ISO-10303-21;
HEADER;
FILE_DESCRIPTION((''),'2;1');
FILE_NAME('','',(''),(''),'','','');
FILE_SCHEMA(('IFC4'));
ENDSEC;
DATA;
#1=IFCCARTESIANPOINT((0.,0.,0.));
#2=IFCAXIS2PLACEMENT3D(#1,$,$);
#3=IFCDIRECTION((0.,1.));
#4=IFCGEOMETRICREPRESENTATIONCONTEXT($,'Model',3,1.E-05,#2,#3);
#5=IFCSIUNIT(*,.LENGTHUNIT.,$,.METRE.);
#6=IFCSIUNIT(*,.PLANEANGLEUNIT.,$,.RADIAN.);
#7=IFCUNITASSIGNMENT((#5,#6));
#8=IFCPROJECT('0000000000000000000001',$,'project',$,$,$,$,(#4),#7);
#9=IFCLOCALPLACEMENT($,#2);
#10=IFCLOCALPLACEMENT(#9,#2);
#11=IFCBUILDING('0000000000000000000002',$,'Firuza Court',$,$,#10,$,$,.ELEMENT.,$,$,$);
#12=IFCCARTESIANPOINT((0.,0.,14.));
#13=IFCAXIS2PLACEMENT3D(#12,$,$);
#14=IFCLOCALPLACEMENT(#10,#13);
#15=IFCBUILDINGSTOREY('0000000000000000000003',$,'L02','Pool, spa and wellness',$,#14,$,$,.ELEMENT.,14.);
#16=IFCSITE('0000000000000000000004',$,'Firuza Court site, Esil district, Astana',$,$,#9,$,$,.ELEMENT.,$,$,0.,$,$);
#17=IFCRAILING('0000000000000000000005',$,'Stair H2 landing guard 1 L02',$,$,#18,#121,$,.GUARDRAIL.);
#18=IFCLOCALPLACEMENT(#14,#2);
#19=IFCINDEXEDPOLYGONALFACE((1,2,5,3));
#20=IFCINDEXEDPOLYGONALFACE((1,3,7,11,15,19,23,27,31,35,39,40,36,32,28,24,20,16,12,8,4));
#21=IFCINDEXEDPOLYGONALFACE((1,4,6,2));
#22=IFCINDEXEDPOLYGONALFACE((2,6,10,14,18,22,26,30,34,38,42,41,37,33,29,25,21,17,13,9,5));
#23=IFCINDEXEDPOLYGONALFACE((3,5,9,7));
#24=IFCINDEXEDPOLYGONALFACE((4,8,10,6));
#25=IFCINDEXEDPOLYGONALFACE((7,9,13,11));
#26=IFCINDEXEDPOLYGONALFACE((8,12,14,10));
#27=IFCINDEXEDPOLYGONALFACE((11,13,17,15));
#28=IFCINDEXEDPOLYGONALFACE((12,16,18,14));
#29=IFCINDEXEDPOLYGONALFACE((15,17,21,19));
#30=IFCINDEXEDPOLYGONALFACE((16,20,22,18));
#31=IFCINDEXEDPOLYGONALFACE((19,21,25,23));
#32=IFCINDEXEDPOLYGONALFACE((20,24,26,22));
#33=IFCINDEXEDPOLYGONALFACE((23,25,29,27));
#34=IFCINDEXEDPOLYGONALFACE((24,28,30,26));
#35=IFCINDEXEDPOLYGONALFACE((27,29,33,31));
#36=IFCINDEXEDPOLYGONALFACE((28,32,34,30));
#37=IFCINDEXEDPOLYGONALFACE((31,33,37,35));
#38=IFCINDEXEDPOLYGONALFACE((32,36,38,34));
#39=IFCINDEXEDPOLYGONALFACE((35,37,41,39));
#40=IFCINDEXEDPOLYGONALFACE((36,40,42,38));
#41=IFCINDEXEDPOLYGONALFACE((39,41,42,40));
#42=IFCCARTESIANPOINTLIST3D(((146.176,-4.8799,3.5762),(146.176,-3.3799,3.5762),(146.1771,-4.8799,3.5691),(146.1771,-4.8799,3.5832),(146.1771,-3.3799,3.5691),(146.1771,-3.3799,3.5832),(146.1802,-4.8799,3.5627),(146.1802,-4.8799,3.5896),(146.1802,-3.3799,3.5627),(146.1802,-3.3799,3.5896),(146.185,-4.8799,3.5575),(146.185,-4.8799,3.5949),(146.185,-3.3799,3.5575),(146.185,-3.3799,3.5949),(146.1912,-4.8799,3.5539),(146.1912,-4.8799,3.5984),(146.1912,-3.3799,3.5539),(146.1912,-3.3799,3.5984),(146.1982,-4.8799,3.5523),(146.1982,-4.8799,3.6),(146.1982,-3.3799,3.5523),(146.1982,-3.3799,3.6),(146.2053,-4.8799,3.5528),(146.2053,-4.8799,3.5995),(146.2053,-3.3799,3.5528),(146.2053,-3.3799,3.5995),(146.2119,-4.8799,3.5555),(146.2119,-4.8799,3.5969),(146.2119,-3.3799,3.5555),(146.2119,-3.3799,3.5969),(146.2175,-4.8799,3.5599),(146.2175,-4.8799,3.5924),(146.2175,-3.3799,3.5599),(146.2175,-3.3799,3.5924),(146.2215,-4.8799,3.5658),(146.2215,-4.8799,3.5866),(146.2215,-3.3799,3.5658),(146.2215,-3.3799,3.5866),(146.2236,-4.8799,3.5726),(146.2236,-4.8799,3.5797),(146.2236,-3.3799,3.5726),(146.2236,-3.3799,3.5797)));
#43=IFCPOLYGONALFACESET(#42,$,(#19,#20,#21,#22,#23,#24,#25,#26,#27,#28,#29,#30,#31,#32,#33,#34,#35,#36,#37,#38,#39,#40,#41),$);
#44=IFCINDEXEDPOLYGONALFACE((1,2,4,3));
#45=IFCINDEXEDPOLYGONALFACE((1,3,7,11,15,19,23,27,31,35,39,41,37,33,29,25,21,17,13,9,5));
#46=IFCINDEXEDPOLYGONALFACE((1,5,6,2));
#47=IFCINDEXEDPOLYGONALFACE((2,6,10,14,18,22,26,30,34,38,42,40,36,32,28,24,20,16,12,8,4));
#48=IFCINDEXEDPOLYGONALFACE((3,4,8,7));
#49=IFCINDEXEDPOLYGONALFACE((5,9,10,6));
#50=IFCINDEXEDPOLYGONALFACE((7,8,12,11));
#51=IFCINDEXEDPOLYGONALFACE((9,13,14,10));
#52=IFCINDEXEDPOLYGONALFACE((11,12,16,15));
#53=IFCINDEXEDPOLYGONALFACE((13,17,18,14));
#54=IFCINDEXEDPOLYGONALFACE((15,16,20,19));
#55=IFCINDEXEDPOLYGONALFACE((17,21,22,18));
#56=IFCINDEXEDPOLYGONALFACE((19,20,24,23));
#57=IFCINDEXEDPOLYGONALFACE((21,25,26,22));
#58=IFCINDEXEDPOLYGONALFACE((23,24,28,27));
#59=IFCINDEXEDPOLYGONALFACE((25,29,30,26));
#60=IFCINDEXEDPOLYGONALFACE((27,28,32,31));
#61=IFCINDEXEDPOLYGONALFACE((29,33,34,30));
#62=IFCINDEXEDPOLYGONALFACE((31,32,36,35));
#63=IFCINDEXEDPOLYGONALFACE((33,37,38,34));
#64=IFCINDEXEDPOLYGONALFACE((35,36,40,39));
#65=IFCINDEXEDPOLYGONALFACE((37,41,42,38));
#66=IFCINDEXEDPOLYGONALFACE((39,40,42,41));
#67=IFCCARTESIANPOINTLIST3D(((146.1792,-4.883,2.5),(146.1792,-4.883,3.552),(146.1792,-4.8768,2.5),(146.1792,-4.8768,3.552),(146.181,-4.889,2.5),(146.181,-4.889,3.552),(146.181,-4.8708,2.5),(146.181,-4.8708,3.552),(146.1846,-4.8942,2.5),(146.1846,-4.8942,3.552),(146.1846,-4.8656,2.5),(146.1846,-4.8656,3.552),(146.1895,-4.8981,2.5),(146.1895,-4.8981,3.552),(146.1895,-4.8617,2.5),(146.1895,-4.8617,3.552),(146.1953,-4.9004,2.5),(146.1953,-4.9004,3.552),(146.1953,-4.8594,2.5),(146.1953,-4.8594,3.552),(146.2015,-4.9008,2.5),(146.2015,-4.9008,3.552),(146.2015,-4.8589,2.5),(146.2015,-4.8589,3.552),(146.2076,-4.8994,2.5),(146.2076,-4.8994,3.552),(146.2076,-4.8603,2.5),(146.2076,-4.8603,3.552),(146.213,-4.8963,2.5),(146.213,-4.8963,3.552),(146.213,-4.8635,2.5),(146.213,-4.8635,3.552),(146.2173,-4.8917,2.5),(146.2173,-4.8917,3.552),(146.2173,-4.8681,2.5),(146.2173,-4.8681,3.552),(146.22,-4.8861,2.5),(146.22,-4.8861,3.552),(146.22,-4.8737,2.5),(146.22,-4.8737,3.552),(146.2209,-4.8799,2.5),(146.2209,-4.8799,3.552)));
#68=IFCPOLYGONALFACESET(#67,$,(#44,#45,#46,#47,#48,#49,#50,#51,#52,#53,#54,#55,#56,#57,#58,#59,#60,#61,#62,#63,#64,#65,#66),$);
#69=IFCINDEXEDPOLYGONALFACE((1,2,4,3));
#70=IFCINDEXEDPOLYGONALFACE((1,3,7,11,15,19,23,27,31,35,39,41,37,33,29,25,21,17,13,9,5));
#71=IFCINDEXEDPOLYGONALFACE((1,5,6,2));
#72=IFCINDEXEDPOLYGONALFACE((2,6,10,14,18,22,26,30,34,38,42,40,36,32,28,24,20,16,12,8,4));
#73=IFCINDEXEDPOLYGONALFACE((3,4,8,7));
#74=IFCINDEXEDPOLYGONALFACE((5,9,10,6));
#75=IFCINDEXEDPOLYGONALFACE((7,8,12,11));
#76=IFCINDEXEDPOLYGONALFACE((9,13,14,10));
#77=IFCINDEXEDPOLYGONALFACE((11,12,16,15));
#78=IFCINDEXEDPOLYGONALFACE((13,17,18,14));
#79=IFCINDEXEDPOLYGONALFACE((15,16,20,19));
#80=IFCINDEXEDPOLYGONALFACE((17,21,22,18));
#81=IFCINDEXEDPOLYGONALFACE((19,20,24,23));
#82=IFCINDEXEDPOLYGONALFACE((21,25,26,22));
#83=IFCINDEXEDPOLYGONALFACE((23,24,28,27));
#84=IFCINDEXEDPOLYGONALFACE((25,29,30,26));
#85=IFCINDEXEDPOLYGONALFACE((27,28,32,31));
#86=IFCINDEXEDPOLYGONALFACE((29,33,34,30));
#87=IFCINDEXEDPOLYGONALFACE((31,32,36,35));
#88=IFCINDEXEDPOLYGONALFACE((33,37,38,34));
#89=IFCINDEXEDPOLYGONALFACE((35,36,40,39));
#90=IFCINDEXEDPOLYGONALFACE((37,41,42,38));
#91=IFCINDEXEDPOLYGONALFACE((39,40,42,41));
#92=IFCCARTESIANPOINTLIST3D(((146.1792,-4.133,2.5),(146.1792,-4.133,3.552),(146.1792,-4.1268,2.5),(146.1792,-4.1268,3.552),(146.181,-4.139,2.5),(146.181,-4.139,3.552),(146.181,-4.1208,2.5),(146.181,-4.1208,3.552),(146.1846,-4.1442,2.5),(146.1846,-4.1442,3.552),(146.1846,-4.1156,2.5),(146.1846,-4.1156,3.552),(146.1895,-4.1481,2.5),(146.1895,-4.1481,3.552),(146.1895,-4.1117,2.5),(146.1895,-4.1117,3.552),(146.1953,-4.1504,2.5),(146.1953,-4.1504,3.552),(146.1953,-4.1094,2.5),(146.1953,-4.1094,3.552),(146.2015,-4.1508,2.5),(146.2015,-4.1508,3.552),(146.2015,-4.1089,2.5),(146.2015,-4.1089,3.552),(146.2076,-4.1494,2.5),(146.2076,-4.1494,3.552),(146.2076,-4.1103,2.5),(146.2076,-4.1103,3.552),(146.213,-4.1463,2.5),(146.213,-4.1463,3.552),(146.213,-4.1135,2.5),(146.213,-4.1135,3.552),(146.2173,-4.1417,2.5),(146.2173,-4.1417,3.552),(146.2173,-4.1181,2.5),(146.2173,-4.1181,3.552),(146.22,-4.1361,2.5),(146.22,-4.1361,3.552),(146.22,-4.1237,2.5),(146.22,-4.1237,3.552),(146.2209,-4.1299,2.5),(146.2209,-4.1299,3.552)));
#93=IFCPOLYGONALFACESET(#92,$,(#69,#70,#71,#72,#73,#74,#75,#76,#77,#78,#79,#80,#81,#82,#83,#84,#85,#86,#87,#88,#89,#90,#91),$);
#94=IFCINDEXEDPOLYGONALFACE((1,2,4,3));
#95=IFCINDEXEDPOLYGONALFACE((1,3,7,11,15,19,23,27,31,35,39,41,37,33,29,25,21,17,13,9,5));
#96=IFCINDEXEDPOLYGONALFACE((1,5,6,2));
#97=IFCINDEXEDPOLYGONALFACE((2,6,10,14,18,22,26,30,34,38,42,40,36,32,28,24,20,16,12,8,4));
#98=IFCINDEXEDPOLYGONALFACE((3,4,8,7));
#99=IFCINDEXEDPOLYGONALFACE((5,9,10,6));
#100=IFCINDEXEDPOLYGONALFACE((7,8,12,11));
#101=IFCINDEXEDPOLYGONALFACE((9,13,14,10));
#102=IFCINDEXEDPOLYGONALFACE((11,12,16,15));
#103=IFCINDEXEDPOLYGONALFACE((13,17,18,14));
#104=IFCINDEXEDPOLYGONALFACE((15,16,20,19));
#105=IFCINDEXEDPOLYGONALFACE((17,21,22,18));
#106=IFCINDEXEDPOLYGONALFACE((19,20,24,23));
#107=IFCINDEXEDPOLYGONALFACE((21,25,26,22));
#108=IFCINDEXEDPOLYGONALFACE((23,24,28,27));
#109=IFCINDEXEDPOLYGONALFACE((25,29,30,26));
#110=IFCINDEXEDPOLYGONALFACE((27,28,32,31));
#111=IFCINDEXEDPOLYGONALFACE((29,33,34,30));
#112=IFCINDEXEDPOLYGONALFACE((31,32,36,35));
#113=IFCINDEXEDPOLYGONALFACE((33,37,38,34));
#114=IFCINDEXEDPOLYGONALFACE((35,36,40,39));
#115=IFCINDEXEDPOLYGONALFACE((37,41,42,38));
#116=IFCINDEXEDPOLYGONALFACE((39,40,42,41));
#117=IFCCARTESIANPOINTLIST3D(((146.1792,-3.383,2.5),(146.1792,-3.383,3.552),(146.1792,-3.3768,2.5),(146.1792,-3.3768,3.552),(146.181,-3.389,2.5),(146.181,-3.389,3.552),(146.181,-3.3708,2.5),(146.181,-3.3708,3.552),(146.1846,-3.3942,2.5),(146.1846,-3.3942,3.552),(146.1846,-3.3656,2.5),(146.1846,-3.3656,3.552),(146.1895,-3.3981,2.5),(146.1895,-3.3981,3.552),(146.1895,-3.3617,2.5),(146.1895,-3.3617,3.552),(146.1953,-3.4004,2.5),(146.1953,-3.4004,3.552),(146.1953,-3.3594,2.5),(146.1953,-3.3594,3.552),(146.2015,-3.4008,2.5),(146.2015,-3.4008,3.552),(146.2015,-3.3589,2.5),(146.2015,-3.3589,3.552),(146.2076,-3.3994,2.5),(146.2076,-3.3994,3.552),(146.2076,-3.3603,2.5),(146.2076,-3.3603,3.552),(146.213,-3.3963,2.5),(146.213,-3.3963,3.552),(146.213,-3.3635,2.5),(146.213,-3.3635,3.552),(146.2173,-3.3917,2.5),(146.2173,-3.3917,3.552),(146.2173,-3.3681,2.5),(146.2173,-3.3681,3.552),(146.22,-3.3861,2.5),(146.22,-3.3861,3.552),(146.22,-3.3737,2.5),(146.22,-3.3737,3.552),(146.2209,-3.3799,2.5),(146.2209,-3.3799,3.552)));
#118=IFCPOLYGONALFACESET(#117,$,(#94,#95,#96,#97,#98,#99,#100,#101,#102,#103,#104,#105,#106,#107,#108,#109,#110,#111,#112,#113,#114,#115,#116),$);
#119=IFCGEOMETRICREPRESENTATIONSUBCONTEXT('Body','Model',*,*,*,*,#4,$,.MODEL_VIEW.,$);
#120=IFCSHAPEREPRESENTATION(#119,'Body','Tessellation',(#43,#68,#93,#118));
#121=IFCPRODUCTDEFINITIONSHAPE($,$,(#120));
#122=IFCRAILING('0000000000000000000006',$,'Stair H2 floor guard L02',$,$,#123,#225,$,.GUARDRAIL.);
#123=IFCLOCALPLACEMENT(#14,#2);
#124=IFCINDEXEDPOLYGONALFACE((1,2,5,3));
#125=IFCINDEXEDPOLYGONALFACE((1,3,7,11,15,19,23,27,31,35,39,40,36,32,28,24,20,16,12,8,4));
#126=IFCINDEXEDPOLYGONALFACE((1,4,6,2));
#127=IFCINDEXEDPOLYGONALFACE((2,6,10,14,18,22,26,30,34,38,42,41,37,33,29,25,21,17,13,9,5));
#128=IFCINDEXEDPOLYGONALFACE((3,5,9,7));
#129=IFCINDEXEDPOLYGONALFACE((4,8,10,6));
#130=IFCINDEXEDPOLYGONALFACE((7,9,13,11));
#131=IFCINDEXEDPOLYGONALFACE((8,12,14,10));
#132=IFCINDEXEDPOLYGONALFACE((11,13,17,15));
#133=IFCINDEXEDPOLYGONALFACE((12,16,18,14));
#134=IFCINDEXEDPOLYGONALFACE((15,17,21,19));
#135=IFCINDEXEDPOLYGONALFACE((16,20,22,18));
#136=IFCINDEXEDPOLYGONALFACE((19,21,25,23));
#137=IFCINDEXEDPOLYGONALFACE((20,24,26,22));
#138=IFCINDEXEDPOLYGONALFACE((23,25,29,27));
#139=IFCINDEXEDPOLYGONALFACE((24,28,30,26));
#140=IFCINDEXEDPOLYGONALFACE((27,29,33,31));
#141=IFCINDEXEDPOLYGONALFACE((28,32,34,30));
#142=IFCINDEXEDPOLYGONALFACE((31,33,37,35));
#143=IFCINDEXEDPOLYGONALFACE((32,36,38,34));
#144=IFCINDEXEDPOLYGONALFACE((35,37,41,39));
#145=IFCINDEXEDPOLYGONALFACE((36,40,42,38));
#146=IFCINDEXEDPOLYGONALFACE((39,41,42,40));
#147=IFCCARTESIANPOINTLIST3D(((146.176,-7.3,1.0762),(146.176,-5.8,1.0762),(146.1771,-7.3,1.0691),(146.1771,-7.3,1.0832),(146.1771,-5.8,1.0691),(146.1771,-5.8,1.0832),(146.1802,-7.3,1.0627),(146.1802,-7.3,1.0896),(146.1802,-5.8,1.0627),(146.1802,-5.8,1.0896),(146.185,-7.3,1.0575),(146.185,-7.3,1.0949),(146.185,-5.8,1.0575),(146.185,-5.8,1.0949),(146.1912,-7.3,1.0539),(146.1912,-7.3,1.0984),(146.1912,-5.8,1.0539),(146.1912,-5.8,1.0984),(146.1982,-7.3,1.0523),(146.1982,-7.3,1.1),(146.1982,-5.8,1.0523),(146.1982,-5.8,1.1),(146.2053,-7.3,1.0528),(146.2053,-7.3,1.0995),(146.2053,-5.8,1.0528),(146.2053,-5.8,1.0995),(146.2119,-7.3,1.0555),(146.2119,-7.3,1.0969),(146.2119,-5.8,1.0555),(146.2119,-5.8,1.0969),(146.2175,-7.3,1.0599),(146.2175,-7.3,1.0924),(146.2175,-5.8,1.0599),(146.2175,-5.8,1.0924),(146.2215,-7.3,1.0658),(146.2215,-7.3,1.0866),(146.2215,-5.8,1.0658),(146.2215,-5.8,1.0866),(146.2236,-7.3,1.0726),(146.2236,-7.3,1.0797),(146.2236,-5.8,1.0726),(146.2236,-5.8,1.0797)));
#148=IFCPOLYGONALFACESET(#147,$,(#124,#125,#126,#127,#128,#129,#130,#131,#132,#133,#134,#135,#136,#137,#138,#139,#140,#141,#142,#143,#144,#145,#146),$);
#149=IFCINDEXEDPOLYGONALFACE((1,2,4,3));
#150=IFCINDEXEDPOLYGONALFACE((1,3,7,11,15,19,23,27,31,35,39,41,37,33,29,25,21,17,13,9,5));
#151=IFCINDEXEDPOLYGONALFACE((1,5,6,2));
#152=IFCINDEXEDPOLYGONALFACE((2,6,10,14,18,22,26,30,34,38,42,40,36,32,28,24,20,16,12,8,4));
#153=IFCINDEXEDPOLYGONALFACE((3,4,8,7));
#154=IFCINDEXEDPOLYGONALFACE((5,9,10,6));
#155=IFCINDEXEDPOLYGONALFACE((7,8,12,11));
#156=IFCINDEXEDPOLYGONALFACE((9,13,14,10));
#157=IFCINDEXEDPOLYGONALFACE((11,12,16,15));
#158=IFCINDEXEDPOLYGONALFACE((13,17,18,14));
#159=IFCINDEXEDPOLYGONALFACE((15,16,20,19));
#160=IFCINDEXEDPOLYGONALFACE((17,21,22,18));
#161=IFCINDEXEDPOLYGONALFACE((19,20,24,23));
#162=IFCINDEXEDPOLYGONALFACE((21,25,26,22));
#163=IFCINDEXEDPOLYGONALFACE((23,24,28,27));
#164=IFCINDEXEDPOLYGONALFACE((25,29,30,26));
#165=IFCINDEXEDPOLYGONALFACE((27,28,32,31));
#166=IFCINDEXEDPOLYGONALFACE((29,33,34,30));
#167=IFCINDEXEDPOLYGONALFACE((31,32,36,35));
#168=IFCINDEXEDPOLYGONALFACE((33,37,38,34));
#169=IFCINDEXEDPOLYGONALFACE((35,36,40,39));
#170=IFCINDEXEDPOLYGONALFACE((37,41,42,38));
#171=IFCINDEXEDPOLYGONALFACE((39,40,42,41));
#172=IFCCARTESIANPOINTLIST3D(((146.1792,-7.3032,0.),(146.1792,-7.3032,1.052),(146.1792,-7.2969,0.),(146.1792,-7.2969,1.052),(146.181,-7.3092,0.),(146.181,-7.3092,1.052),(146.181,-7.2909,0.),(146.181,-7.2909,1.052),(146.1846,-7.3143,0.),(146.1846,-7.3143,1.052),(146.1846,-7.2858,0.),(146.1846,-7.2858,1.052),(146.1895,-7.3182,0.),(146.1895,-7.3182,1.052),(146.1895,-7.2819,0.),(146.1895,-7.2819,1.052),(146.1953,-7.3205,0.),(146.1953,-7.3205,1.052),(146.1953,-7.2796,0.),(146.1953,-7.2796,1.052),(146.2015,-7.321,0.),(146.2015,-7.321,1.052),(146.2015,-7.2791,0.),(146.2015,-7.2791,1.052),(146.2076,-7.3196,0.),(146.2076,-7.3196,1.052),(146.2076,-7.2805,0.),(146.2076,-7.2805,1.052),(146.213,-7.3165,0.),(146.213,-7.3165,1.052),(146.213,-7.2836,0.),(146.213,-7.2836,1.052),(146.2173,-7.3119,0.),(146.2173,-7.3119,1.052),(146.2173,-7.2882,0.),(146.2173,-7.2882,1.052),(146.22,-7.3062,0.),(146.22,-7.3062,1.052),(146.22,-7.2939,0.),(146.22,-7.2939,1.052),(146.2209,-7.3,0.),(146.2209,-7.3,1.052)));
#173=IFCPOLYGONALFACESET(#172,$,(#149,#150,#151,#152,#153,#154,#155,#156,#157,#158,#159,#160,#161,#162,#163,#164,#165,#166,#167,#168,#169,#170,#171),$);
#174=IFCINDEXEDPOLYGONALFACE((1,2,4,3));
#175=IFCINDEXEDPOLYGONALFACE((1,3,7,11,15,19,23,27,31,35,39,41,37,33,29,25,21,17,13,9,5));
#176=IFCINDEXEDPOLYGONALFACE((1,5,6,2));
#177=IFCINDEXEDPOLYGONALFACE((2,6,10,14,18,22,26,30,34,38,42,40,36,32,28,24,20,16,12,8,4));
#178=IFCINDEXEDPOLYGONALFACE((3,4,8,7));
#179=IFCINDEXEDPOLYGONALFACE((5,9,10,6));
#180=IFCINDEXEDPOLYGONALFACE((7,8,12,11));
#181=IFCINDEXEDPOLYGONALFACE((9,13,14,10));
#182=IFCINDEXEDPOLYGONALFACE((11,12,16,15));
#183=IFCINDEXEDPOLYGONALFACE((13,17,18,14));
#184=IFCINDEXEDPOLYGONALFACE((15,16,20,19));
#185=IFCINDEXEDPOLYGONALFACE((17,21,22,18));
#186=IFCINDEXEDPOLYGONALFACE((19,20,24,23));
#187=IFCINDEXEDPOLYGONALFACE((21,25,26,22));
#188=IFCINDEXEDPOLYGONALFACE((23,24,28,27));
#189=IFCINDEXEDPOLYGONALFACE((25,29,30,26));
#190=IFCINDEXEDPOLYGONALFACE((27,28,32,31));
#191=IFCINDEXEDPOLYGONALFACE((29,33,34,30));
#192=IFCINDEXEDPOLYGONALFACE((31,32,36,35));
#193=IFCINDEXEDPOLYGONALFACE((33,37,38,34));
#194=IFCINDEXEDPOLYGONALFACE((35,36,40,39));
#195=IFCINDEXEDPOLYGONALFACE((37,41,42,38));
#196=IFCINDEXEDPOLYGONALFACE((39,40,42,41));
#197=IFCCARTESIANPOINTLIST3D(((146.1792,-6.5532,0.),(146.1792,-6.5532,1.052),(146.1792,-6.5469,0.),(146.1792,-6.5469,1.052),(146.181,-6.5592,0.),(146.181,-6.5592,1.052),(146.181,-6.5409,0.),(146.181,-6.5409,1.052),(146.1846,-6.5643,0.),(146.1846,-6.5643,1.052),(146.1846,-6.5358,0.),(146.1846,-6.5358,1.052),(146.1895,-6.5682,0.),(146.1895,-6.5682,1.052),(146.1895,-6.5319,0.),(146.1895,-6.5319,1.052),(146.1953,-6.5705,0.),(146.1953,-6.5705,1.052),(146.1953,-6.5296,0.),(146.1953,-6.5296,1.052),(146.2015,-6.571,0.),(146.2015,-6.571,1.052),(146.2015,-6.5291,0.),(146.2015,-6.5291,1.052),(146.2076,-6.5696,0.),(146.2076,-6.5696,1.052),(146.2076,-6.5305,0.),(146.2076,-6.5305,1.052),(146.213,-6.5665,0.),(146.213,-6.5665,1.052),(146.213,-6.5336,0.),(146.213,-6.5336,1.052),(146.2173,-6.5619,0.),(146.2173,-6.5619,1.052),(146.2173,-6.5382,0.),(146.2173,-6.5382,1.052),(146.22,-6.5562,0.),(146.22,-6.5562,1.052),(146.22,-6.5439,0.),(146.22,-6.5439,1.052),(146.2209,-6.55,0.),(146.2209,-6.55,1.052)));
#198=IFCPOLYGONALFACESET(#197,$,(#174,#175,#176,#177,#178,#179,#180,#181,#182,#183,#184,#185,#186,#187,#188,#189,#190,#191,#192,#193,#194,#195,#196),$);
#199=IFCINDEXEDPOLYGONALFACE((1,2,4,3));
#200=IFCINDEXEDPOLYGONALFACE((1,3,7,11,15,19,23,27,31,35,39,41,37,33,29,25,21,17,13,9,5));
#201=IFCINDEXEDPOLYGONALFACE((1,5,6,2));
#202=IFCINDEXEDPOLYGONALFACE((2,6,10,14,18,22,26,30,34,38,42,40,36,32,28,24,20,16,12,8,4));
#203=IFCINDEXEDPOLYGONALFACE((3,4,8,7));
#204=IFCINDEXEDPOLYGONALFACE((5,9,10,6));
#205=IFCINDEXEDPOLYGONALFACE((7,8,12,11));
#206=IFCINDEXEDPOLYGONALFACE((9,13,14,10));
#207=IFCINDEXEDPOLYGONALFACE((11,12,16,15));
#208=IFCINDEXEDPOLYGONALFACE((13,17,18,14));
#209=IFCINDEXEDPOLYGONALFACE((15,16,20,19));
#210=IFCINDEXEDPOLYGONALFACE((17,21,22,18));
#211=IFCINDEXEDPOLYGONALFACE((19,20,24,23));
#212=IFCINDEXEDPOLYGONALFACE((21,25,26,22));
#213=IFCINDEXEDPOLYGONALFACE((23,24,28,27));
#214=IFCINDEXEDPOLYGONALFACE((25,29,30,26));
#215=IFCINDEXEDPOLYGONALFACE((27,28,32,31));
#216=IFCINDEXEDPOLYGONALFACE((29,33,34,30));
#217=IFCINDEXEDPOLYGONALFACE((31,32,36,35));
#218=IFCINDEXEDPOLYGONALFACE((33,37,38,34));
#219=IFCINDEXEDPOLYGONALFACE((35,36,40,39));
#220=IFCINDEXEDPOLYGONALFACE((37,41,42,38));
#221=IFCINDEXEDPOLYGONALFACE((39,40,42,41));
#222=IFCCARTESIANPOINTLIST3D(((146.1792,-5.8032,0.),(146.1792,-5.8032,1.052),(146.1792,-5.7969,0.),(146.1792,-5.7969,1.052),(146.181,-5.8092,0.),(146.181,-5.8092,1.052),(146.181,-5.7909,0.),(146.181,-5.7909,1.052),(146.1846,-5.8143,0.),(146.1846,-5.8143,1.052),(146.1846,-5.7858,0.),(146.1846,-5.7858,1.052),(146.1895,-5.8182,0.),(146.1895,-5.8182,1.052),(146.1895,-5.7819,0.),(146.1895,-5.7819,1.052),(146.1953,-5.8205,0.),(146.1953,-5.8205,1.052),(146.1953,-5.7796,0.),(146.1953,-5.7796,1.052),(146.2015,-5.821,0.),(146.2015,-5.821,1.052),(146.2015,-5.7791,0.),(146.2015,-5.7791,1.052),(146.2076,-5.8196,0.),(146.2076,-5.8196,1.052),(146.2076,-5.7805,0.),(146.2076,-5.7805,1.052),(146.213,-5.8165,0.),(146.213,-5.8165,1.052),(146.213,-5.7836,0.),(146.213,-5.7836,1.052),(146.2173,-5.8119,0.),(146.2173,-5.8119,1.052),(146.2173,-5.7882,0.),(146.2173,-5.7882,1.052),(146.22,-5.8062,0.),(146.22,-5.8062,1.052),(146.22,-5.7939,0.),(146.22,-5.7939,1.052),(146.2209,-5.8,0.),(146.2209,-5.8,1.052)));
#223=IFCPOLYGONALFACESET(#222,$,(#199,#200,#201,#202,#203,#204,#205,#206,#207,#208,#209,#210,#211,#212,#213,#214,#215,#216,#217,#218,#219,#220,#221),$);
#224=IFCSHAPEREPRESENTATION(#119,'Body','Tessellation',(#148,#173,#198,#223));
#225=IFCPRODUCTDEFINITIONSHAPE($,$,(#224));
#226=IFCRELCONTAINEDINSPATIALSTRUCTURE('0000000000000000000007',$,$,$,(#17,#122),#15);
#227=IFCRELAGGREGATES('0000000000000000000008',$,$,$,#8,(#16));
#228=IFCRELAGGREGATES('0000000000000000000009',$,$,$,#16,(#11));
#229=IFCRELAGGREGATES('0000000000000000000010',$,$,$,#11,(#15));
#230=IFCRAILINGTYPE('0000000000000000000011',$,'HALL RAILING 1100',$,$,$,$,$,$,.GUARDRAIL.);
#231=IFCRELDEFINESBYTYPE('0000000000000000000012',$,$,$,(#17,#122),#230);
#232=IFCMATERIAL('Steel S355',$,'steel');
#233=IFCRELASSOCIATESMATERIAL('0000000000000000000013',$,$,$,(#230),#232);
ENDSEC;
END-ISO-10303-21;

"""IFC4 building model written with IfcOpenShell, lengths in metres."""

from ifc_helpers import new_model, si_unit, direction, frame, origin, origin_2d, place, context, subcontext, project, spatial, circle, extrude, material, type_object, element, save


model = new_model("IFC4")

# Units and contexts
model_context = context("Model", 3, precision=1e-05, world=origin(), true_north=direction((0.0, 1.0)))
body_context = subcontext(model_context, "Body", "Model", "MODEL_VIEW")
ifc_project = project(units=[si_unit("LENGTHUNIT", "METRE"), si_unit("PLANEANGLEUNIT", "RADIAN")], contexts=[model_context])

# Site, building, storey
site_placement = place(None, origin())
site = spatial("IfcSite", under=ifc_project, at=site_placement, Name="Firuza Court site, Esil district, Astana", CompositionType="ELEMENT", RefElevation=0.0)
building_placement = place(site_placement, origin())
building = spatial("IfcBuilding", under=site, at=building_placement, Name="Firuza Court", CompositionType="ELEMENT")
storey_placement = place(building_placement, frame((0.0, 0.0, 14.0)))
storey = spatial("IfcBuildingStorey", under=building, at=storey_placement, Name="L02", Description="Pool, spa and wellness", CompositionType="ELEMENT", Elevation=14.0)

# Railings
ifc_material_1 = material(Name="Steel S355", Category="steel")
railing_type_1 = type_object("IfcRailingType", Name="HALL RAILING 1100", PredefinedType="GUARDRAIL", material=ifc_material_1)
for number, where, name in (
    (1, (146.2, -4.8799, 2.5), "Stair H2 landing guard 1 L02"),
    (2, (146.2, -7.3, 0.0), "Stair H2 floor guard L02"),
):
    element("IfcRailing", number, at=place(storey_placement, frame(where)), inside=storey, type_object=railing_type_1, Name=name, PredefinedType="GUARDRAIL", context=body_context, shape_type="SweptSolid", body=[
        extrude(circle(Radius=0.0239, at=origin_2d()), frame((0.0, 0.0, 1.0762), z_axis=(0.0, 1.0, 0.0), x_axis=(-1.0, 0.0, 0.0)), (0.0, 0.0, 1.0), 1.5),
        extrude(circle(Radius=0.021, at=origin_2d()), origin(), (0.0, 0.0, 1.0), 1.052),
        extrude(circle(Radius=0.021, at=origin_2d()), frame((0.0, 0.75, 0.0)), (0.0, 0.0, 1.0), 1.052),
        extrude(circle(Radius=0.021, at=origin_2d()), frame((0.0, 1.5, 0.0)), (0.0, 0.0, 1.0), 1.052),
    ])

save(model, "model.ifc")
